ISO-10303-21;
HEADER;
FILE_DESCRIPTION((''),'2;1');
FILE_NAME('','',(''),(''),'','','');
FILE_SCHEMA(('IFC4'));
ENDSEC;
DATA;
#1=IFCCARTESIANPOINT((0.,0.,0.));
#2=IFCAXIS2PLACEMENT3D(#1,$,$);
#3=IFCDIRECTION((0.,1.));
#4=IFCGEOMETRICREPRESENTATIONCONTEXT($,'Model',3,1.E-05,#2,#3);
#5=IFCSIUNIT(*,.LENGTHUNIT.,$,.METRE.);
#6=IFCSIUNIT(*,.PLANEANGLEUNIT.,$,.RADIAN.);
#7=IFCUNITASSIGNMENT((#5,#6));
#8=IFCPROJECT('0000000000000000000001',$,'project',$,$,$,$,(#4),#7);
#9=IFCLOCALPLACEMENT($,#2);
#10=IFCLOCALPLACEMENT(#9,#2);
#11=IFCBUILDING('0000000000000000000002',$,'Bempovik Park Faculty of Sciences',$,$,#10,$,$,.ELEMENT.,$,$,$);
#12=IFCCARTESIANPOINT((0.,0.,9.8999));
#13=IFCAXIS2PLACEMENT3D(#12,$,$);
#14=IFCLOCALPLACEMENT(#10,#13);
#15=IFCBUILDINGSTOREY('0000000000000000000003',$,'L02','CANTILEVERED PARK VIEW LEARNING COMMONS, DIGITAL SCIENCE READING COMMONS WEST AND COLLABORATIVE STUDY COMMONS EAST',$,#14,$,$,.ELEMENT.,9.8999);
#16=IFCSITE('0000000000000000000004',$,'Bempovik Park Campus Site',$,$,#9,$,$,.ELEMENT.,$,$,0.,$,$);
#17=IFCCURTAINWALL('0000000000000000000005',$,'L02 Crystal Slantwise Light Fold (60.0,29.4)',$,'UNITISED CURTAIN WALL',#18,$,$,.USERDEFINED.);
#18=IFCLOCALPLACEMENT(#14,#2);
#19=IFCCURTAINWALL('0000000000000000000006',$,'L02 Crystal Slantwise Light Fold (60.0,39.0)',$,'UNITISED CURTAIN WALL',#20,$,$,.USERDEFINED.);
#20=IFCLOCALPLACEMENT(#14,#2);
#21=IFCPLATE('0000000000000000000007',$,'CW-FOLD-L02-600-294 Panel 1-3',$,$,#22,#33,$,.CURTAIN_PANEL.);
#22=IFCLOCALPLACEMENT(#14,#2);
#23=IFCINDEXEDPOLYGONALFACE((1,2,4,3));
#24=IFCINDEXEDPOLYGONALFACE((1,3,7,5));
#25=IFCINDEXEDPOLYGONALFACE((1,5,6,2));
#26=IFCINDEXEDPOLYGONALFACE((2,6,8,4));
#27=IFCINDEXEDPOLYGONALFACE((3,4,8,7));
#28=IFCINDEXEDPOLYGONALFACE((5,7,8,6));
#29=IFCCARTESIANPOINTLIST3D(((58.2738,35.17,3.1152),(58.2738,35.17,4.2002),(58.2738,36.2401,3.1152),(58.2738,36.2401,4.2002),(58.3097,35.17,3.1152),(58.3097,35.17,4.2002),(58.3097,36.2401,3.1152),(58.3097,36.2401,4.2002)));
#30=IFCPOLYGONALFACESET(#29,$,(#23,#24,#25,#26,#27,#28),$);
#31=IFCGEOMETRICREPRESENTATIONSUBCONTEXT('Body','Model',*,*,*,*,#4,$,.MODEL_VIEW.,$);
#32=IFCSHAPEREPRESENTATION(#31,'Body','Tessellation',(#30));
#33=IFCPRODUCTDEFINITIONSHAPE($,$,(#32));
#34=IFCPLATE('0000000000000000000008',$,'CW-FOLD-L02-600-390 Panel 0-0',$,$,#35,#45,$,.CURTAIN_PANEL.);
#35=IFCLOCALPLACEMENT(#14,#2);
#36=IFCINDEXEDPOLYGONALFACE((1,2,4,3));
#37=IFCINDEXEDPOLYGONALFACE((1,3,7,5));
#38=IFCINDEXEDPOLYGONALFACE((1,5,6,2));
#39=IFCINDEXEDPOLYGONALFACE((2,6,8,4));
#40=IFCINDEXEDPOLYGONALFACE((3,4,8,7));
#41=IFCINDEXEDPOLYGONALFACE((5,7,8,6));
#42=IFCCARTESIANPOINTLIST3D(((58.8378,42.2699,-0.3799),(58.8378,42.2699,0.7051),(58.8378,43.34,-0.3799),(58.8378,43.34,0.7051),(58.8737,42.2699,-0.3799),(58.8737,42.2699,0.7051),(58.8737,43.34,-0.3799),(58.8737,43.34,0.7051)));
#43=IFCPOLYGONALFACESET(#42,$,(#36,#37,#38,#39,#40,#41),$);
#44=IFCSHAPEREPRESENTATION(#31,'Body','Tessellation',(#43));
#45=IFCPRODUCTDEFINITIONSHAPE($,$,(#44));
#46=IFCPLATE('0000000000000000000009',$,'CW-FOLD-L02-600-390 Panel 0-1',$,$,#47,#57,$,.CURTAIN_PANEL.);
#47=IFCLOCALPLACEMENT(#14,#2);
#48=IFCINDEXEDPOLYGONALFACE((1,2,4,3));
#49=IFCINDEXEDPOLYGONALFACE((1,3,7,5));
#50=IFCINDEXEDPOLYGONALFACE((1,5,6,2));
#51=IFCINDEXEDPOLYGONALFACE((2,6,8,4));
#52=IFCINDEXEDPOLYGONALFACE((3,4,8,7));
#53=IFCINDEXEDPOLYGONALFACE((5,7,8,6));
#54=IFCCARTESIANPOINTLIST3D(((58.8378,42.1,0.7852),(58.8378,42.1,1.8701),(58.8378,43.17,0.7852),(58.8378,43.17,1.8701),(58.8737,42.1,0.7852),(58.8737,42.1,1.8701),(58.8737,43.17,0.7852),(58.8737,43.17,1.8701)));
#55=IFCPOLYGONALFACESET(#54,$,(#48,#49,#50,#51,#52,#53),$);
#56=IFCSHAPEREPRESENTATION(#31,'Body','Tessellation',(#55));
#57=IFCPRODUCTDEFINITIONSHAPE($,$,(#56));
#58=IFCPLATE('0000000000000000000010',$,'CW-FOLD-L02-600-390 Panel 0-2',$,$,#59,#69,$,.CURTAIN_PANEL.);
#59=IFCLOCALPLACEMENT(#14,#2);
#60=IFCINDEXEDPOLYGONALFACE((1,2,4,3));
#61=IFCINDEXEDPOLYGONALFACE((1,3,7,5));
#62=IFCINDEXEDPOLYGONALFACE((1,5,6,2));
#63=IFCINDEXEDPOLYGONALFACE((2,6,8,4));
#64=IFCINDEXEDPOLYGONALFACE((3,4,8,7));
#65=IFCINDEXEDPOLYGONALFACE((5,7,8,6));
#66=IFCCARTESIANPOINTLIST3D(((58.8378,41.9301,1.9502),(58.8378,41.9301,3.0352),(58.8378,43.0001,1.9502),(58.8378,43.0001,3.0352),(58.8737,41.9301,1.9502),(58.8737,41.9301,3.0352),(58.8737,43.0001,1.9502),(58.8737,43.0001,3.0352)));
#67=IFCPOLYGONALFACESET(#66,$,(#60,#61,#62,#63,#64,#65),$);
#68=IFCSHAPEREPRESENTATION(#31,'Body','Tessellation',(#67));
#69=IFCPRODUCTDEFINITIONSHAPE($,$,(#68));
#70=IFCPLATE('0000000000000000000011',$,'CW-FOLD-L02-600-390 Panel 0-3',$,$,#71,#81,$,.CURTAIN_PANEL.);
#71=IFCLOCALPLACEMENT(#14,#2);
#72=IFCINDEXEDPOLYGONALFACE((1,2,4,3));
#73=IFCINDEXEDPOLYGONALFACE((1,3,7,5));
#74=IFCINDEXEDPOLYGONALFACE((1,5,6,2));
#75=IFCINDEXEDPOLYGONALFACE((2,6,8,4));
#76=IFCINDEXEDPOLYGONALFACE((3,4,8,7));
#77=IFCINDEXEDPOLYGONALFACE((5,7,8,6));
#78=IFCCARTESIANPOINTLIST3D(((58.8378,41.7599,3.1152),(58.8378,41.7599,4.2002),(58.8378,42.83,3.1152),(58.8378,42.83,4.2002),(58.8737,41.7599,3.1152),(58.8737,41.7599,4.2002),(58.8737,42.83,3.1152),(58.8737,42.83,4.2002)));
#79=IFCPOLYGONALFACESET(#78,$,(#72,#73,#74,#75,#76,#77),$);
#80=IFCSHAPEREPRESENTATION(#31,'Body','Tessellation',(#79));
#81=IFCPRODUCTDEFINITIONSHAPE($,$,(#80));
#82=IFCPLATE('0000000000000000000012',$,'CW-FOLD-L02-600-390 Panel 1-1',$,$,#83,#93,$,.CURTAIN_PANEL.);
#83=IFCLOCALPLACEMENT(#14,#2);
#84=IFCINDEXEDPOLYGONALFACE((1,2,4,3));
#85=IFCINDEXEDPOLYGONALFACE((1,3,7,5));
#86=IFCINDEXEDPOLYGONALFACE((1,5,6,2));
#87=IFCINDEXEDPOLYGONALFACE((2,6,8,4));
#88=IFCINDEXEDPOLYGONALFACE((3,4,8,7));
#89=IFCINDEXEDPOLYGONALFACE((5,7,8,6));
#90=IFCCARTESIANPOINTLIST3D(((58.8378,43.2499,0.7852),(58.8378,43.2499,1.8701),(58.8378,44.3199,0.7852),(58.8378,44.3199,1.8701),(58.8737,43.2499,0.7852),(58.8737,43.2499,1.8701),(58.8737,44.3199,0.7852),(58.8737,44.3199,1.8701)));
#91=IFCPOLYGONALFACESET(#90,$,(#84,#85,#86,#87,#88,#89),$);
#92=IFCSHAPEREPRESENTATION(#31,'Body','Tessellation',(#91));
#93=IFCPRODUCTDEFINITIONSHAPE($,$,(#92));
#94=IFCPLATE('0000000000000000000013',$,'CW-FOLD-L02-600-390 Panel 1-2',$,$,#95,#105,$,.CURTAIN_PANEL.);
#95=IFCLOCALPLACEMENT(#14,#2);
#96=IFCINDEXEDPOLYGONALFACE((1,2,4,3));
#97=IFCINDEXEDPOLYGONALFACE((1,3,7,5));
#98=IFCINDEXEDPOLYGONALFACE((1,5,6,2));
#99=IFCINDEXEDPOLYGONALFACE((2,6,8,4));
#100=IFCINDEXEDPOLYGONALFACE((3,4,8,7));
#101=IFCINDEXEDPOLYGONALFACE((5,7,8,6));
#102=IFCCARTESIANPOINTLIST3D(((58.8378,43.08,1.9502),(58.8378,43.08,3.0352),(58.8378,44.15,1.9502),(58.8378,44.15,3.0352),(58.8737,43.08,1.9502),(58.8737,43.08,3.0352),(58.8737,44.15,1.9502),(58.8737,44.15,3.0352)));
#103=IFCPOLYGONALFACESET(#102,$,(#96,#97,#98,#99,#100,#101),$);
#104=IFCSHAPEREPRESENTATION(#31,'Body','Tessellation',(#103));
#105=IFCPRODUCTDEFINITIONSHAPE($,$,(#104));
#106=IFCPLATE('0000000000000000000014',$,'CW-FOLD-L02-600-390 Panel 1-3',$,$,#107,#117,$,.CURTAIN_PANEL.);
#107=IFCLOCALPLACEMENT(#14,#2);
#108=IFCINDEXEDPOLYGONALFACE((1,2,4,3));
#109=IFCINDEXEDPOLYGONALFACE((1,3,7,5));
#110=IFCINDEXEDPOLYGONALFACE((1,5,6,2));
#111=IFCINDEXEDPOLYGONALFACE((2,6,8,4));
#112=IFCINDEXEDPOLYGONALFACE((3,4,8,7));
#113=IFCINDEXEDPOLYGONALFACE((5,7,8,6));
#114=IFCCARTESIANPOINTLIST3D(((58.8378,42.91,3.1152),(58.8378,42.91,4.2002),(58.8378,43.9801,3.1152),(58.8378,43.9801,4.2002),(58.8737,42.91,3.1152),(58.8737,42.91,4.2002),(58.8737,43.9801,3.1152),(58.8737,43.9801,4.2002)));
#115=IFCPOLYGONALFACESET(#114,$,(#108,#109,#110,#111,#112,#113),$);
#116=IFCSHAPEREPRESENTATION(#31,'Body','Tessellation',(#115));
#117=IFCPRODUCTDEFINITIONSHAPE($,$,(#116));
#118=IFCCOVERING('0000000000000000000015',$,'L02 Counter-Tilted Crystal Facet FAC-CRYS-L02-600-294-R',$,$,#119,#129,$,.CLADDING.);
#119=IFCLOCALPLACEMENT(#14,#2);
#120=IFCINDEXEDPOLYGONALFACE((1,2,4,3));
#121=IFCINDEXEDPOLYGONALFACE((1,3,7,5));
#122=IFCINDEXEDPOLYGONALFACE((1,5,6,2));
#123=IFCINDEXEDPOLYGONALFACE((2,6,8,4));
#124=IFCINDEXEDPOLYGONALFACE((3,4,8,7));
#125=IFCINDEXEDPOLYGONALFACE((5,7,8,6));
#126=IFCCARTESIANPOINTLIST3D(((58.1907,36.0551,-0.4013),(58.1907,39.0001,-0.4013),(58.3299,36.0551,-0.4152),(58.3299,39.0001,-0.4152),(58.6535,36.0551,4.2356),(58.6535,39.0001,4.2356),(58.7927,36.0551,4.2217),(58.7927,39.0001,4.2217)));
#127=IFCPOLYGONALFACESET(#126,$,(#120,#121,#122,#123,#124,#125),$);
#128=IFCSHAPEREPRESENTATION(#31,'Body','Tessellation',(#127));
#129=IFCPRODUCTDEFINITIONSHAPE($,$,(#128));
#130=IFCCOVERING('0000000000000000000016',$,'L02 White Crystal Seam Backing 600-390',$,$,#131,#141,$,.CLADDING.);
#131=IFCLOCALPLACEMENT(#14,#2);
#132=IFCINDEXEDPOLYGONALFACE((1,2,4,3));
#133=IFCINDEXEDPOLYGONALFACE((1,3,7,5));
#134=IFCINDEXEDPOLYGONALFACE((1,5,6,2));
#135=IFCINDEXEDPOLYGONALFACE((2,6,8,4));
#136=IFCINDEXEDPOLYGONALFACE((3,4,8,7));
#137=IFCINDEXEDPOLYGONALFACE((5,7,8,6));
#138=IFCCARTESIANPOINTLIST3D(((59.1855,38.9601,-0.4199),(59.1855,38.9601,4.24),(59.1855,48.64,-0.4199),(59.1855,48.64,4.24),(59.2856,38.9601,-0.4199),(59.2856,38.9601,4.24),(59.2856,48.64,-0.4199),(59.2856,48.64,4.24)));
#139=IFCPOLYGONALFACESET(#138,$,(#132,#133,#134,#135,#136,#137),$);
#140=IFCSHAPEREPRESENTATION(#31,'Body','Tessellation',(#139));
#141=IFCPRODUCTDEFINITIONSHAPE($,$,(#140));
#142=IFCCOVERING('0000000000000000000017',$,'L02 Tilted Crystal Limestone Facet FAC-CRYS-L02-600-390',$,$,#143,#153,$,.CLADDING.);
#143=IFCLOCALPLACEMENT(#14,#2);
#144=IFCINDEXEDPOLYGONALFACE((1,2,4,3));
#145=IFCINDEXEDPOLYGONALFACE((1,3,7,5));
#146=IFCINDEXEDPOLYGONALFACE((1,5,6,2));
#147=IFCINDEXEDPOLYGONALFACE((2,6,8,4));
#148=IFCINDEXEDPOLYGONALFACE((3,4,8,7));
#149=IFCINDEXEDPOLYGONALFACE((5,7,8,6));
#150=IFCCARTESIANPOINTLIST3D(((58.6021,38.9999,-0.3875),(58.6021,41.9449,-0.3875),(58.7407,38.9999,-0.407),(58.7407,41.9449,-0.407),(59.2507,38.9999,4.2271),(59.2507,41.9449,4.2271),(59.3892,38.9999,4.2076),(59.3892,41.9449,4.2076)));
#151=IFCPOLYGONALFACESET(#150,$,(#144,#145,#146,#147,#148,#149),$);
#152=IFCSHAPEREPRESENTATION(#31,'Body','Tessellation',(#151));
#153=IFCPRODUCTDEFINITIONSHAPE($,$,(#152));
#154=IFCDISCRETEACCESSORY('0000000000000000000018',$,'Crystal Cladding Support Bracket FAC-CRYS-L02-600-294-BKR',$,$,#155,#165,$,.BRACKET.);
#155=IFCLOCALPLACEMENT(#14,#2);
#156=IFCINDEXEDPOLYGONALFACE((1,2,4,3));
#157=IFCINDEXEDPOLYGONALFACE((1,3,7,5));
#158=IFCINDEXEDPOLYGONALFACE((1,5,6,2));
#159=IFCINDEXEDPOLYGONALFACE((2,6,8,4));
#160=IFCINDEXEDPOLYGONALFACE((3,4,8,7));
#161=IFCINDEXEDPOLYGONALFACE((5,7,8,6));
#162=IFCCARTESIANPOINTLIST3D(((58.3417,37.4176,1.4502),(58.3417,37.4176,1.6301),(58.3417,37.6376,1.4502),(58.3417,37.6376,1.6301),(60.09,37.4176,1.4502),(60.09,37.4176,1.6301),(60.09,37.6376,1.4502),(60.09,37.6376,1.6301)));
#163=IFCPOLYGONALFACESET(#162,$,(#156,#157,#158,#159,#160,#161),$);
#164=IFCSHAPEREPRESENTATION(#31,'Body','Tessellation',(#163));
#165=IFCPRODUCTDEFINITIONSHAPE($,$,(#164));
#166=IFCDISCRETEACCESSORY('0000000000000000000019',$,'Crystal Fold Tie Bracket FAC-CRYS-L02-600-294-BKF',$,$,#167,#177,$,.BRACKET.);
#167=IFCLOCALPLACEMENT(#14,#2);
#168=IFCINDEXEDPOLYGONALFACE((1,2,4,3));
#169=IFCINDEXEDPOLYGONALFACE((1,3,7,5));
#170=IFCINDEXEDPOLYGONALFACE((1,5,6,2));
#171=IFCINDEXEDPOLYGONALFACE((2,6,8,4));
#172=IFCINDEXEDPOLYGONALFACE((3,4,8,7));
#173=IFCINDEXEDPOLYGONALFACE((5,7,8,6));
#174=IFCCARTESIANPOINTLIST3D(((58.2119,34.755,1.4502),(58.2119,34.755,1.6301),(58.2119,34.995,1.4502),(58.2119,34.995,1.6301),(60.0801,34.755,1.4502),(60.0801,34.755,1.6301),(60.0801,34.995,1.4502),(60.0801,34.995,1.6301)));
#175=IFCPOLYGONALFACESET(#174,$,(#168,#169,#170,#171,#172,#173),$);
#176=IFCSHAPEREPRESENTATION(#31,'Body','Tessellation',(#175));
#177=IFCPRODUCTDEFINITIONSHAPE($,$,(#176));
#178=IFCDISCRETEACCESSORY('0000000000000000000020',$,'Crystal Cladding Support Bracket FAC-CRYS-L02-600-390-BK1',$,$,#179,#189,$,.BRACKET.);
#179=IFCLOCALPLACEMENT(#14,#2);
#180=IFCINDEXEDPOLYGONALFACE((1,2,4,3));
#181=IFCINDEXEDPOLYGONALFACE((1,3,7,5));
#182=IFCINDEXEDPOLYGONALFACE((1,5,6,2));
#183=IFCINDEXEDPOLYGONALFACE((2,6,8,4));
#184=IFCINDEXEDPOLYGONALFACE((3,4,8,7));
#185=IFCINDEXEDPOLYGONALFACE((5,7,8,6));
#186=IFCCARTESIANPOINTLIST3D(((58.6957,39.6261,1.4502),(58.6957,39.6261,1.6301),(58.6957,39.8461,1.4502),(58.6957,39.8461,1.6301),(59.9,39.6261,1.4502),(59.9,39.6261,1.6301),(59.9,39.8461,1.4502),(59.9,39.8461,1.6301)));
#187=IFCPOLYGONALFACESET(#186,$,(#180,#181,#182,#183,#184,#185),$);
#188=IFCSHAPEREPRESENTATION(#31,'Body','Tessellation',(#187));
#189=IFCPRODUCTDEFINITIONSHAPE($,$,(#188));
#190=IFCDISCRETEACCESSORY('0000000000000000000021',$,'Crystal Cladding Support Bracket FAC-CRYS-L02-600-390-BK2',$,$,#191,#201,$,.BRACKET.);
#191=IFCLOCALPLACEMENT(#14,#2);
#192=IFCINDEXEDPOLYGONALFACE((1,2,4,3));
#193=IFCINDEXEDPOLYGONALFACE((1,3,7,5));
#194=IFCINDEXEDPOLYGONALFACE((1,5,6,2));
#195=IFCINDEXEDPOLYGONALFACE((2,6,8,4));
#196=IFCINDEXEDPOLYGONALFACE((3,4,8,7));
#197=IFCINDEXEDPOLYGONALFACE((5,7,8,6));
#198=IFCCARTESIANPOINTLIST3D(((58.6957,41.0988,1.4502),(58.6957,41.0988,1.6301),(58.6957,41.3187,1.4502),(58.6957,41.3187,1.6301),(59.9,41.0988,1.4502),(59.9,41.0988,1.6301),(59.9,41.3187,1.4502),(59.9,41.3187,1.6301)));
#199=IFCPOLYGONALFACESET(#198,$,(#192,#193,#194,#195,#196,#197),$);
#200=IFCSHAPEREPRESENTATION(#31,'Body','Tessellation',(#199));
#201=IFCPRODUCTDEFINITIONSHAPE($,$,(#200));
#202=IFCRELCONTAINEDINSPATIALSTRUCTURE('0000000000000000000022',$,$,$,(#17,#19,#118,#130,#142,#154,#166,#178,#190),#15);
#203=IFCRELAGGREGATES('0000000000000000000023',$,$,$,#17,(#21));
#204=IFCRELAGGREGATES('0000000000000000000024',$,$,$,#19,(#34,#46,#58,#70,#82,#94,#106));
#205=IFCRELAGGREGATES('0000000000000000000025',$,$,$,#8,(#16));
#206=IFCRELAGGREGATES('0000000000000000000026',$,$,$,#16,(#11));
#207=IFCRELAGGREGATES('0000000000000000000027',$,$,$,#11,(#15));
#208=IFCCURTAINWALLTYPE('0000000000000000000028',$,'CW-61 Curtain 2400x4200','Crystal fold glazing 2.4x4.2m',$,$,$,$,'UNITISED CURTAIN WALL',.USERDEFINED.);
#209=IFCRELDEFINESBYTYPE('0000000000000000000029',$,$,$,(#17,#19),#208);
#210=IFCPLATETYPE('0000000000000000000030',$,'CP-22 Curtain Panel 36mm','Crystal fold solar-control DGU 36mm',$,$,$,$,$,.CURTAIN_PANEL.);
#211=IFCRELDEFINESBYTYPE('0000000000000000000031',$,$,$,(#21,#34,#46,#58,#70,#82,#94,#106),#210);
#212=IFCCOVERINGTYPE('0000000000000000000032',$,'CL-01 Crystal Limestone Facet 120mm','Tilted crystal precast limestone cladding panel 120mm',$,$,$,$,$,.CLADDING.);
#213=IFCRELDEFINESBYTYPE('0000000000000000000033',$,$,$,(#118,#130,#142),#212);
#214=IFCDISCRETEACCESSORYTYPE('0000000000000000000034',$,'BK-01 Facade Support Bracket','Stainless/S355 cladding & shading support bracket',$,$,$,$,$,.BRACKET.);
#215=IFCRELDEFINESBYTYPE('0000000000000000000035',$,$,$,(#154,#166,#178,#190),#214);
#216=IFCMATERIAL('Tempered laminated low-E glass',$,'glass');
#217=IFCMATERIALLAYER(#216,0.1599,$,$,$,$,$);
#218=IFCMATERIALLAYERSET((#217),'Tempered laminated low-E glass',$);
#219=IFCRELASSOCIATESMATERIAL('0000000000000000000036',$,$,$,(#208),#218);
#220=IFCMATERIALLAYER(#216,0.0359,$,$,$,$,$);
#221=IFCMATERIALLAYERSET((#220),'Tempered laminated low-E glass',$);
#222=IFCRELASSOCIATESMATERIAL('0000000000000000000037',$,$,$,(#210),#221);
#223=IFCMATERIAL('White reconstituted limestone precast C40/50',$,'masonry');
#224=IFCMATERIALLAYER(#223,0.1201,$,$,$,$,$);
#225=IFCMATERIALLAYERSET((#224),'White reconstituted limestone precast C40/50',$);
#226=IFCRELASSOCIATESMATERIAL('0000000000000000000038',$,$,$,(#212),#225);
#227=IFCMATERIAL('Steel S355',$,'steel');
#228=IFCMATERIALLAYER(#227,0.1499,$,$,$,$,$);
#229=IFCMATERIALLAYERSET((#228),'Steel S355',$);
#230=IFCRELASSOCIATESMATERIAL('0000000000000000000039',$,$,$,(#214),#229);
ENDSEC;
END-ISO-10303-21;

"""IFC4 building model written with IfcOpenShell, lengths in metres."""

from ifc_helpers import new_model, si_unit, direction, frame, origin, origin_2d, place, context, subcontext, project, spatial, rectangle, extrude, material, layer, layer_set, type_object, element, aggregate, save


model = new_model("IFC4")

# Units and contexts
model_context = context("Model", 3, precision=1e-05, world=origin(), true_north=direction((0.0, 1.0)))
body_context = subcontext(model_context, "Body", "Model", "MODEL_VIEW")
ifc_project = project(units=[si_unit("LENGTHUNIT", "METRE"), si_unit("PLANEANGLEUNIT", "RADIAN")], contexts=[model_context])

# Site, building, storey
site_placement = place(None, origin())
site = spatial("IfcSite", under=ifc_project, at=site_placement, Name="Bempovik Park Campus Site", CompositionType="ELEMENT", RefElevation=0.0)
building_placement = place(site_placement, origin())
building = spatial("IfcBuilding", under=site, at=building_placement, Name="Bempovik Park Faculty of Sciences", CompositionType="ELEMENT")
storey_placement = place(building_placement, frame((0.0, 0.0, 9.8999)))
storey = spatial("IfcBuildingStorey", under=building, at=storey_placement, Name="L02", Description="CANTILEVERED PARK VIEW LEARNING COMMONS, DIGITAL SCIENCE READING COMMONS WEST AND COLLABORATIVE STUDY COMMONS EAST", CompositionType="ELEMENT", Elevation=9.8999)

# Curtain walls
ifc_material_1 = material(Name="Tempered laminated low-E glass", Category="glass")
ifc_layer_1 = layer(ifc_material_1, 0.1599)
ifc_layer_set_1 = layer_set([ifc_layer_1], Name="Tempered laminated low-E glass")
curtain_wall_type = type_object("IfcCurtainWallType", Name="CW-61 Curtain 2400x4200", Description="Crystal fold glazing 2.4x4.2m", ElementType="UNITISED CURTAIN WALL", PredefinedType="USERDEFINED", material=ifc_layer_set_1)
curtain_wall_1_placement = place(storey_placement, origin())
curtain_wall_1 = element("IfcCurtainWall", 1, at=curtain_wall_1_placement, inside=storey, type_object=curtain_wall_type, Name="L02 Crystal Slantwise Light Fold (60.0,29.4)", ObjectType="UNITISED CURTAIN WALL", PredefinedType="USERDEFINED")
curtain_wall_2_placement = place(storey_placement, origin())
curtain_wall_2 = element("IfcCurtainWall", 2, at=curtain_wall_2_placement, inside=storey, type_object=curtain_wall_type, Name="L02 Crystal Slantwise Light Fold (60.0,39.0)", ObjectType="UNITISED CURTAIN WALL", PredefinedType="USERDEFINED")

# Plates
ifc_layer_2 = layer(ifc_material_1, 0.0359)
ifc_layer_set_2 = layer_set([ifc_layer_2], Name="Tempered laminated low-E glass")
plate_type = type_object("IfcPlateType", Name="CP-22 Curtain Panel 36mm", Description="Crystal fold solar-control DGU 36mm", PredefinedType="CURTAIN_PANEL", material=ifc_layer_set_2)
plate_1_placement = place(storey_placement, frame((58.2917, 35.7051, 3.1152), z_axis=(0.0, 0.0, 1.0), x_axis=(0.0, 1.0, 0.0)))
plate_1 = element("IfcPlate", 3, at=plate_1_placement, type_object=plate_type, Name="CW-FOLD-L02-600-294 Panel 1-3", PredefinedType="CURTAIN_PANEL", context=body_context, shape_type="SweptSolid", body=[
    extrude(rectangle(XDim=1.0701, YDim=0.0359, at=origin_2d()), origin(), (0.0, 0.0, 1.0), 1.085),
])
aggregate(curtain_wall_1, [plate_1])
plate_2_placement = place(storey_placement, frame((58.8557, 42.8049, -0.3799), z_axis=(0.0, 0.0, 1.0), x_axis=(0.0, 1.0, 0.0)))
plate_2 = element("IfcPlate", 4, at=plate_2_placement, type_object=plate_type, Name="CW-FOLD-L02-600-390 Panel 0-0", PredefinedType="CURTAIN_PANEL", context=body_context, shape_type="SweptSolid", body=[
    extrude(rectangle(XDim=1.0701, YDim=0.0359, at=origin_2d()), origin(), (0.0, 0.0, 1.0), 1.085),
])
plate_3_placement = place(storey_placement, frame((58.8557, 42.635, 0.7852), z_axis=(0.0, 0.0, 1.0), x_axis=(0.0, 1.0, 0.0)))
plate_3 = element("IfcPlate", 5, at=plate_3_placement, type_object=plate_type, Name="CW-FOLD-L02-600-390 Panel 0-1", PredefinedType="CURTAIN_PANEL", context=body_context, shape_type="SweptSolid", body=[
    extrude(rectangle(XDim=1.0701, YDim=0.0359, at=origin_2d()), origin(), (0.0, 0.0, 1.0), 1.085),
])
plate_4_placement = place(storey_placement, frame((58.8557, 42.4651, 1.9502), z_axis=(0.0, 0.0, 1.0), x_axis=(0.0, 1.0, 0.0)))
plate_4 = element("IfcPlate", 6, at=plate_4_placement, type_object=plate_type, Name="CW-FOLD-L02-600-390 Panel 0-2", PredefinedType="CURTAIN_PANEL", context=body_context, shape_type="SweptSolid", body=[
    extrude(rectangle(XDim=1.0701, YDim=0.0359, at=origin_2d()), origin(), (0.0, 0.0, 1.0), 1.085),
])
plate_5_placement = place(storey_placement, frame((58.8557, 42.2949, 3.1152), z_axis=(0.0, 0.0, 1.0), x_axis=(0.0, 1.0, 0.0)))
plate_5 = element("IfcPlate", 7, at=plate_5_placement, type_object=plate_type, Name="CW-FOLD-L02-600-390 Panel 0-3", PredefinedType="CURTAIN_PANEL", context=body_context, shape_type="SweptSolid", body=[
    extrude(rectangle(XDim=1.0701, YDim=0.0359, at=origin_2d()), origin(), (0.0, 0.0, 1.0), 1.085),
])
plate_6_placement = place(storey_placement, frame((58.8557, 43.7849, 0.7852), z_axis=(0.0, 0.0, 1.0), x_axis=(0.0, 1.0, 0.0)))
plate_6 = element("IfcPlate", 8, at=plate_6_placement, type_object=plate_type, Name="CW-FOLD-L02-600-390 Panel 1-1", PredefinedType="CURTAIN_PANEL", context=body_context, shape_type="SweptSolid", body=[
    extrude(rectangle(XDim=1.0701, YDim=0.0359, at=origin_2d()), origin(), (0.0, 0.0, 1.0), 1.085),
])
plate_7_placement = place(storey_placement, frame((58.8557, 43.615, 1.9502), z_axis=(0.0, 0.0, 1.0), x_axis=(0.0, 1.0, 0.0)))
plate_7 = element("IfcPlate", 9, at=plate_7_placement, type_object=plate_type, Name="CW-FOLD-L02-600-390 Panel 1-2", PredefinedType="CURTAIN_PANEL", context=body_context, shape_type="SweptSolid", body=[
    extrude(rectangle(XDim=1.0701, YDim=0.0359, at=origin_2d()), origin(), (0.0, 0.0, 1.0), 1.085),
])
plate_8_placement = place(storey_placement, frame((58.8557, 43.4451, 3.1152), z_axis=(0.0, 0.0, 1.0), x_axis=(0.0, 1.0, 0.0)))
plate_8 = element("IfcPlate", 10, at=plate_8_placement, type_object=plate_type, Name="CW-FOLD-L02-600-390 Panel 1-3", PredefinedType="CURTAIN_PANEL", context=body_context, shape_type="SweptSolid", body=[
    extrude(rectangle(XDim=1.0701, YDim=0.0359, at=origin_2d()), origin(), (0.0, 0.0, 1.0), 1.085),
])
aggregate(curtain_wall_2, [plate_2, plate_3, plate_4, plate_5, plate_6, plate_7, plate_8])

# Coverings
ifc_material_2 = material(Name="White reconstituted limestone precast C40/50", Category="masonry")
ifc_layer_3 = layer(ifc_material_2, 0.1201)
ifc_layer_set_3 = layer_set([ifc_layer_3], Name="White reconstituted limestone precast C40/50")
covering_type = type_object("IfcCoveringType", Name="CL-01 Crystal Limestone Facet 120mm", Description="Tilted crystal precast limestone cladding panel 120mm", PredefinedType="CLADDING", material=ifc_layer_set_3)
covering_1_placement = place(storey_placement, frame((58.2603, 37.5276, -0.4082), z_axis=(0.09932, 0.0, 0.995056), x_axis=(0.0, 1.0, 0.0)))
element("IfcCovering", 11, at=covering_1_placement, inside=storey, type_object=covering_type, Name="L02 Counter-Tilted Crystal Facet FAC-CRYS-L02-600-294-R", PredefinedType="CLADDING", context=body_context, shape_type="SweptSolid", body=[
    extrude(rectangle(XDim=2.9451, YDim=0.1399, at=origin_2d()), origin(), (0.0, 0.0, 1.0), 4.6599),
])
covering_2_placement = place(storey_placement, frame((59.2356, 43.8, -0.4199), z_axis=(0.0, 0.0, 1.0), x_axis=(1.0, 0.0, 0.0)))
element("IfcCovering", 12, at=covering_2_placement, inside=storey, type_object=covering_type, Name="L02 White Crystal Seam Backing 600-390", PredefinedType="CLADDING", context=body_context, shape_type="SweptSolid", body=[
    extrude(rectangle(XDim=0.1001, YDim=9.6799, at=origin_2d()), origin(), (0.0, 0.0, 1.0), 4.6599),
])
covering_3_placement = place(storey_placement, frame((58.6714, 40.4724, -0.3972), z_axis=(0.139173, 0.0, 0.990268), x_axis=(0.0, 1.0, 0.0)))
element("IfcCovering", 13, at=covering_3_placement, inside=storey, type_object=covering_type, Name="L02 Tilted Crystal Limestone Facet FAC-CRYS-L02-600-390", PredefinedType="CLADDING", context=body_context, shape_type="SweptSolid", body=[
    extrude(rectangle(XDim=2.9451, YDim=0.1399, at=origin_2d()), origin(), (0.0, 0.0, 1.0), 4.6599),
])

# Discrete accessories
ifc_material_3 = material(Name="Steel S355", Category="steel")
ifc_layer_4 = layer(ifc_material_3, 0.1499)
ifc_layer_set_4 = layer_set([ifc_layer_4], Name="Steel S355")
discrete_accessory_type = type_object("IfcDiscreteAccessoryType", Name="BK-01 Facade Support Bracket", Description="Stainless/S355 cladding & shading support bracket", PredefinedType="BRACKET", material=ifc_layer_set_4)
discrete_accessory_1_placement = place(storey_placement, frame((59.2158, 37.5276, 1.4502), z_axis=(0.0, 0.0, 1.0), x_axis=(1.0, 0.0, 0.0)))
element("IfcDiscreteAccessory", 14, at=discrete_accessory_1_placement, inside=storey, type_object=discrete_accessory_type, Name="Crystal Cladding Support Bracket FAC-CRYS-L02-600-294-BKR", PredefinedType="BRACKET", context=body_context, shape_type="SweptSolid", body=[
    extrude(rectangle(XDim=1.7483, YDim=0.22, at=origin_2d()), origin(), (0.0, 0.0, 1.0), 0.1799),
])
discrete_accessory_2_placement = place(storey_placement, frame((59.146, 34.875, 1.4502), z_axis=(0.0, 0.0, 1.0), x_axis=(1.0, 0.0, 0.0)))
element("IfcDiscreteAccessory", 15, at=discrete_accessory_2_placement, inside=storey, type_object=discrete_accessory_type, Name="Crystal Fold Tie Bracket FAC-CRYS-L02-600-294-BKF", PredefinedType="BRACKET", context=body_context, shape_type="SweptSolid", body=[
    extrude(rectangle(XDim=1.8682, YDim=0.24, at=origin_2d()), origin(), (0.0, 0.0, 1.0), 0.1799),
])
for number, where, z_axis, x_axis, name in (
    (16, (59.2979, 39.7361, 1.4502), (0.0, 0.0, 1.0), (1.0, 0.0, 0.0), "Crystal Cladding Support Bracket FAC-CRYS-L02-600-390-BK1"),
    (17, (59.2979, 41.2087, 1.4502), (0.0, 0.0, 1.0), (1.0, 0.0, 0.0), "Crystal Cladding Support Bracket FAC-CRYS-L02-600-390-BK2"),
):
    element("IfcDiscreteAccessory", number, at=place(storey_placement, frame(where, z_axis=z_axis, x_axis=x_axis)), inside=storey, type_object=discrete_accessory_type, Name=name, PredefinedType="BRACKET", context=body_context, shape_type="SweptSolid", body=[
        extrude(rectangle(XDim=1.2043, YDim=0.22, at=origin_2d()), origin(), (0.0, 0.0, 1.0), 0.1799),
    ])

save(model, "model.ifc")
